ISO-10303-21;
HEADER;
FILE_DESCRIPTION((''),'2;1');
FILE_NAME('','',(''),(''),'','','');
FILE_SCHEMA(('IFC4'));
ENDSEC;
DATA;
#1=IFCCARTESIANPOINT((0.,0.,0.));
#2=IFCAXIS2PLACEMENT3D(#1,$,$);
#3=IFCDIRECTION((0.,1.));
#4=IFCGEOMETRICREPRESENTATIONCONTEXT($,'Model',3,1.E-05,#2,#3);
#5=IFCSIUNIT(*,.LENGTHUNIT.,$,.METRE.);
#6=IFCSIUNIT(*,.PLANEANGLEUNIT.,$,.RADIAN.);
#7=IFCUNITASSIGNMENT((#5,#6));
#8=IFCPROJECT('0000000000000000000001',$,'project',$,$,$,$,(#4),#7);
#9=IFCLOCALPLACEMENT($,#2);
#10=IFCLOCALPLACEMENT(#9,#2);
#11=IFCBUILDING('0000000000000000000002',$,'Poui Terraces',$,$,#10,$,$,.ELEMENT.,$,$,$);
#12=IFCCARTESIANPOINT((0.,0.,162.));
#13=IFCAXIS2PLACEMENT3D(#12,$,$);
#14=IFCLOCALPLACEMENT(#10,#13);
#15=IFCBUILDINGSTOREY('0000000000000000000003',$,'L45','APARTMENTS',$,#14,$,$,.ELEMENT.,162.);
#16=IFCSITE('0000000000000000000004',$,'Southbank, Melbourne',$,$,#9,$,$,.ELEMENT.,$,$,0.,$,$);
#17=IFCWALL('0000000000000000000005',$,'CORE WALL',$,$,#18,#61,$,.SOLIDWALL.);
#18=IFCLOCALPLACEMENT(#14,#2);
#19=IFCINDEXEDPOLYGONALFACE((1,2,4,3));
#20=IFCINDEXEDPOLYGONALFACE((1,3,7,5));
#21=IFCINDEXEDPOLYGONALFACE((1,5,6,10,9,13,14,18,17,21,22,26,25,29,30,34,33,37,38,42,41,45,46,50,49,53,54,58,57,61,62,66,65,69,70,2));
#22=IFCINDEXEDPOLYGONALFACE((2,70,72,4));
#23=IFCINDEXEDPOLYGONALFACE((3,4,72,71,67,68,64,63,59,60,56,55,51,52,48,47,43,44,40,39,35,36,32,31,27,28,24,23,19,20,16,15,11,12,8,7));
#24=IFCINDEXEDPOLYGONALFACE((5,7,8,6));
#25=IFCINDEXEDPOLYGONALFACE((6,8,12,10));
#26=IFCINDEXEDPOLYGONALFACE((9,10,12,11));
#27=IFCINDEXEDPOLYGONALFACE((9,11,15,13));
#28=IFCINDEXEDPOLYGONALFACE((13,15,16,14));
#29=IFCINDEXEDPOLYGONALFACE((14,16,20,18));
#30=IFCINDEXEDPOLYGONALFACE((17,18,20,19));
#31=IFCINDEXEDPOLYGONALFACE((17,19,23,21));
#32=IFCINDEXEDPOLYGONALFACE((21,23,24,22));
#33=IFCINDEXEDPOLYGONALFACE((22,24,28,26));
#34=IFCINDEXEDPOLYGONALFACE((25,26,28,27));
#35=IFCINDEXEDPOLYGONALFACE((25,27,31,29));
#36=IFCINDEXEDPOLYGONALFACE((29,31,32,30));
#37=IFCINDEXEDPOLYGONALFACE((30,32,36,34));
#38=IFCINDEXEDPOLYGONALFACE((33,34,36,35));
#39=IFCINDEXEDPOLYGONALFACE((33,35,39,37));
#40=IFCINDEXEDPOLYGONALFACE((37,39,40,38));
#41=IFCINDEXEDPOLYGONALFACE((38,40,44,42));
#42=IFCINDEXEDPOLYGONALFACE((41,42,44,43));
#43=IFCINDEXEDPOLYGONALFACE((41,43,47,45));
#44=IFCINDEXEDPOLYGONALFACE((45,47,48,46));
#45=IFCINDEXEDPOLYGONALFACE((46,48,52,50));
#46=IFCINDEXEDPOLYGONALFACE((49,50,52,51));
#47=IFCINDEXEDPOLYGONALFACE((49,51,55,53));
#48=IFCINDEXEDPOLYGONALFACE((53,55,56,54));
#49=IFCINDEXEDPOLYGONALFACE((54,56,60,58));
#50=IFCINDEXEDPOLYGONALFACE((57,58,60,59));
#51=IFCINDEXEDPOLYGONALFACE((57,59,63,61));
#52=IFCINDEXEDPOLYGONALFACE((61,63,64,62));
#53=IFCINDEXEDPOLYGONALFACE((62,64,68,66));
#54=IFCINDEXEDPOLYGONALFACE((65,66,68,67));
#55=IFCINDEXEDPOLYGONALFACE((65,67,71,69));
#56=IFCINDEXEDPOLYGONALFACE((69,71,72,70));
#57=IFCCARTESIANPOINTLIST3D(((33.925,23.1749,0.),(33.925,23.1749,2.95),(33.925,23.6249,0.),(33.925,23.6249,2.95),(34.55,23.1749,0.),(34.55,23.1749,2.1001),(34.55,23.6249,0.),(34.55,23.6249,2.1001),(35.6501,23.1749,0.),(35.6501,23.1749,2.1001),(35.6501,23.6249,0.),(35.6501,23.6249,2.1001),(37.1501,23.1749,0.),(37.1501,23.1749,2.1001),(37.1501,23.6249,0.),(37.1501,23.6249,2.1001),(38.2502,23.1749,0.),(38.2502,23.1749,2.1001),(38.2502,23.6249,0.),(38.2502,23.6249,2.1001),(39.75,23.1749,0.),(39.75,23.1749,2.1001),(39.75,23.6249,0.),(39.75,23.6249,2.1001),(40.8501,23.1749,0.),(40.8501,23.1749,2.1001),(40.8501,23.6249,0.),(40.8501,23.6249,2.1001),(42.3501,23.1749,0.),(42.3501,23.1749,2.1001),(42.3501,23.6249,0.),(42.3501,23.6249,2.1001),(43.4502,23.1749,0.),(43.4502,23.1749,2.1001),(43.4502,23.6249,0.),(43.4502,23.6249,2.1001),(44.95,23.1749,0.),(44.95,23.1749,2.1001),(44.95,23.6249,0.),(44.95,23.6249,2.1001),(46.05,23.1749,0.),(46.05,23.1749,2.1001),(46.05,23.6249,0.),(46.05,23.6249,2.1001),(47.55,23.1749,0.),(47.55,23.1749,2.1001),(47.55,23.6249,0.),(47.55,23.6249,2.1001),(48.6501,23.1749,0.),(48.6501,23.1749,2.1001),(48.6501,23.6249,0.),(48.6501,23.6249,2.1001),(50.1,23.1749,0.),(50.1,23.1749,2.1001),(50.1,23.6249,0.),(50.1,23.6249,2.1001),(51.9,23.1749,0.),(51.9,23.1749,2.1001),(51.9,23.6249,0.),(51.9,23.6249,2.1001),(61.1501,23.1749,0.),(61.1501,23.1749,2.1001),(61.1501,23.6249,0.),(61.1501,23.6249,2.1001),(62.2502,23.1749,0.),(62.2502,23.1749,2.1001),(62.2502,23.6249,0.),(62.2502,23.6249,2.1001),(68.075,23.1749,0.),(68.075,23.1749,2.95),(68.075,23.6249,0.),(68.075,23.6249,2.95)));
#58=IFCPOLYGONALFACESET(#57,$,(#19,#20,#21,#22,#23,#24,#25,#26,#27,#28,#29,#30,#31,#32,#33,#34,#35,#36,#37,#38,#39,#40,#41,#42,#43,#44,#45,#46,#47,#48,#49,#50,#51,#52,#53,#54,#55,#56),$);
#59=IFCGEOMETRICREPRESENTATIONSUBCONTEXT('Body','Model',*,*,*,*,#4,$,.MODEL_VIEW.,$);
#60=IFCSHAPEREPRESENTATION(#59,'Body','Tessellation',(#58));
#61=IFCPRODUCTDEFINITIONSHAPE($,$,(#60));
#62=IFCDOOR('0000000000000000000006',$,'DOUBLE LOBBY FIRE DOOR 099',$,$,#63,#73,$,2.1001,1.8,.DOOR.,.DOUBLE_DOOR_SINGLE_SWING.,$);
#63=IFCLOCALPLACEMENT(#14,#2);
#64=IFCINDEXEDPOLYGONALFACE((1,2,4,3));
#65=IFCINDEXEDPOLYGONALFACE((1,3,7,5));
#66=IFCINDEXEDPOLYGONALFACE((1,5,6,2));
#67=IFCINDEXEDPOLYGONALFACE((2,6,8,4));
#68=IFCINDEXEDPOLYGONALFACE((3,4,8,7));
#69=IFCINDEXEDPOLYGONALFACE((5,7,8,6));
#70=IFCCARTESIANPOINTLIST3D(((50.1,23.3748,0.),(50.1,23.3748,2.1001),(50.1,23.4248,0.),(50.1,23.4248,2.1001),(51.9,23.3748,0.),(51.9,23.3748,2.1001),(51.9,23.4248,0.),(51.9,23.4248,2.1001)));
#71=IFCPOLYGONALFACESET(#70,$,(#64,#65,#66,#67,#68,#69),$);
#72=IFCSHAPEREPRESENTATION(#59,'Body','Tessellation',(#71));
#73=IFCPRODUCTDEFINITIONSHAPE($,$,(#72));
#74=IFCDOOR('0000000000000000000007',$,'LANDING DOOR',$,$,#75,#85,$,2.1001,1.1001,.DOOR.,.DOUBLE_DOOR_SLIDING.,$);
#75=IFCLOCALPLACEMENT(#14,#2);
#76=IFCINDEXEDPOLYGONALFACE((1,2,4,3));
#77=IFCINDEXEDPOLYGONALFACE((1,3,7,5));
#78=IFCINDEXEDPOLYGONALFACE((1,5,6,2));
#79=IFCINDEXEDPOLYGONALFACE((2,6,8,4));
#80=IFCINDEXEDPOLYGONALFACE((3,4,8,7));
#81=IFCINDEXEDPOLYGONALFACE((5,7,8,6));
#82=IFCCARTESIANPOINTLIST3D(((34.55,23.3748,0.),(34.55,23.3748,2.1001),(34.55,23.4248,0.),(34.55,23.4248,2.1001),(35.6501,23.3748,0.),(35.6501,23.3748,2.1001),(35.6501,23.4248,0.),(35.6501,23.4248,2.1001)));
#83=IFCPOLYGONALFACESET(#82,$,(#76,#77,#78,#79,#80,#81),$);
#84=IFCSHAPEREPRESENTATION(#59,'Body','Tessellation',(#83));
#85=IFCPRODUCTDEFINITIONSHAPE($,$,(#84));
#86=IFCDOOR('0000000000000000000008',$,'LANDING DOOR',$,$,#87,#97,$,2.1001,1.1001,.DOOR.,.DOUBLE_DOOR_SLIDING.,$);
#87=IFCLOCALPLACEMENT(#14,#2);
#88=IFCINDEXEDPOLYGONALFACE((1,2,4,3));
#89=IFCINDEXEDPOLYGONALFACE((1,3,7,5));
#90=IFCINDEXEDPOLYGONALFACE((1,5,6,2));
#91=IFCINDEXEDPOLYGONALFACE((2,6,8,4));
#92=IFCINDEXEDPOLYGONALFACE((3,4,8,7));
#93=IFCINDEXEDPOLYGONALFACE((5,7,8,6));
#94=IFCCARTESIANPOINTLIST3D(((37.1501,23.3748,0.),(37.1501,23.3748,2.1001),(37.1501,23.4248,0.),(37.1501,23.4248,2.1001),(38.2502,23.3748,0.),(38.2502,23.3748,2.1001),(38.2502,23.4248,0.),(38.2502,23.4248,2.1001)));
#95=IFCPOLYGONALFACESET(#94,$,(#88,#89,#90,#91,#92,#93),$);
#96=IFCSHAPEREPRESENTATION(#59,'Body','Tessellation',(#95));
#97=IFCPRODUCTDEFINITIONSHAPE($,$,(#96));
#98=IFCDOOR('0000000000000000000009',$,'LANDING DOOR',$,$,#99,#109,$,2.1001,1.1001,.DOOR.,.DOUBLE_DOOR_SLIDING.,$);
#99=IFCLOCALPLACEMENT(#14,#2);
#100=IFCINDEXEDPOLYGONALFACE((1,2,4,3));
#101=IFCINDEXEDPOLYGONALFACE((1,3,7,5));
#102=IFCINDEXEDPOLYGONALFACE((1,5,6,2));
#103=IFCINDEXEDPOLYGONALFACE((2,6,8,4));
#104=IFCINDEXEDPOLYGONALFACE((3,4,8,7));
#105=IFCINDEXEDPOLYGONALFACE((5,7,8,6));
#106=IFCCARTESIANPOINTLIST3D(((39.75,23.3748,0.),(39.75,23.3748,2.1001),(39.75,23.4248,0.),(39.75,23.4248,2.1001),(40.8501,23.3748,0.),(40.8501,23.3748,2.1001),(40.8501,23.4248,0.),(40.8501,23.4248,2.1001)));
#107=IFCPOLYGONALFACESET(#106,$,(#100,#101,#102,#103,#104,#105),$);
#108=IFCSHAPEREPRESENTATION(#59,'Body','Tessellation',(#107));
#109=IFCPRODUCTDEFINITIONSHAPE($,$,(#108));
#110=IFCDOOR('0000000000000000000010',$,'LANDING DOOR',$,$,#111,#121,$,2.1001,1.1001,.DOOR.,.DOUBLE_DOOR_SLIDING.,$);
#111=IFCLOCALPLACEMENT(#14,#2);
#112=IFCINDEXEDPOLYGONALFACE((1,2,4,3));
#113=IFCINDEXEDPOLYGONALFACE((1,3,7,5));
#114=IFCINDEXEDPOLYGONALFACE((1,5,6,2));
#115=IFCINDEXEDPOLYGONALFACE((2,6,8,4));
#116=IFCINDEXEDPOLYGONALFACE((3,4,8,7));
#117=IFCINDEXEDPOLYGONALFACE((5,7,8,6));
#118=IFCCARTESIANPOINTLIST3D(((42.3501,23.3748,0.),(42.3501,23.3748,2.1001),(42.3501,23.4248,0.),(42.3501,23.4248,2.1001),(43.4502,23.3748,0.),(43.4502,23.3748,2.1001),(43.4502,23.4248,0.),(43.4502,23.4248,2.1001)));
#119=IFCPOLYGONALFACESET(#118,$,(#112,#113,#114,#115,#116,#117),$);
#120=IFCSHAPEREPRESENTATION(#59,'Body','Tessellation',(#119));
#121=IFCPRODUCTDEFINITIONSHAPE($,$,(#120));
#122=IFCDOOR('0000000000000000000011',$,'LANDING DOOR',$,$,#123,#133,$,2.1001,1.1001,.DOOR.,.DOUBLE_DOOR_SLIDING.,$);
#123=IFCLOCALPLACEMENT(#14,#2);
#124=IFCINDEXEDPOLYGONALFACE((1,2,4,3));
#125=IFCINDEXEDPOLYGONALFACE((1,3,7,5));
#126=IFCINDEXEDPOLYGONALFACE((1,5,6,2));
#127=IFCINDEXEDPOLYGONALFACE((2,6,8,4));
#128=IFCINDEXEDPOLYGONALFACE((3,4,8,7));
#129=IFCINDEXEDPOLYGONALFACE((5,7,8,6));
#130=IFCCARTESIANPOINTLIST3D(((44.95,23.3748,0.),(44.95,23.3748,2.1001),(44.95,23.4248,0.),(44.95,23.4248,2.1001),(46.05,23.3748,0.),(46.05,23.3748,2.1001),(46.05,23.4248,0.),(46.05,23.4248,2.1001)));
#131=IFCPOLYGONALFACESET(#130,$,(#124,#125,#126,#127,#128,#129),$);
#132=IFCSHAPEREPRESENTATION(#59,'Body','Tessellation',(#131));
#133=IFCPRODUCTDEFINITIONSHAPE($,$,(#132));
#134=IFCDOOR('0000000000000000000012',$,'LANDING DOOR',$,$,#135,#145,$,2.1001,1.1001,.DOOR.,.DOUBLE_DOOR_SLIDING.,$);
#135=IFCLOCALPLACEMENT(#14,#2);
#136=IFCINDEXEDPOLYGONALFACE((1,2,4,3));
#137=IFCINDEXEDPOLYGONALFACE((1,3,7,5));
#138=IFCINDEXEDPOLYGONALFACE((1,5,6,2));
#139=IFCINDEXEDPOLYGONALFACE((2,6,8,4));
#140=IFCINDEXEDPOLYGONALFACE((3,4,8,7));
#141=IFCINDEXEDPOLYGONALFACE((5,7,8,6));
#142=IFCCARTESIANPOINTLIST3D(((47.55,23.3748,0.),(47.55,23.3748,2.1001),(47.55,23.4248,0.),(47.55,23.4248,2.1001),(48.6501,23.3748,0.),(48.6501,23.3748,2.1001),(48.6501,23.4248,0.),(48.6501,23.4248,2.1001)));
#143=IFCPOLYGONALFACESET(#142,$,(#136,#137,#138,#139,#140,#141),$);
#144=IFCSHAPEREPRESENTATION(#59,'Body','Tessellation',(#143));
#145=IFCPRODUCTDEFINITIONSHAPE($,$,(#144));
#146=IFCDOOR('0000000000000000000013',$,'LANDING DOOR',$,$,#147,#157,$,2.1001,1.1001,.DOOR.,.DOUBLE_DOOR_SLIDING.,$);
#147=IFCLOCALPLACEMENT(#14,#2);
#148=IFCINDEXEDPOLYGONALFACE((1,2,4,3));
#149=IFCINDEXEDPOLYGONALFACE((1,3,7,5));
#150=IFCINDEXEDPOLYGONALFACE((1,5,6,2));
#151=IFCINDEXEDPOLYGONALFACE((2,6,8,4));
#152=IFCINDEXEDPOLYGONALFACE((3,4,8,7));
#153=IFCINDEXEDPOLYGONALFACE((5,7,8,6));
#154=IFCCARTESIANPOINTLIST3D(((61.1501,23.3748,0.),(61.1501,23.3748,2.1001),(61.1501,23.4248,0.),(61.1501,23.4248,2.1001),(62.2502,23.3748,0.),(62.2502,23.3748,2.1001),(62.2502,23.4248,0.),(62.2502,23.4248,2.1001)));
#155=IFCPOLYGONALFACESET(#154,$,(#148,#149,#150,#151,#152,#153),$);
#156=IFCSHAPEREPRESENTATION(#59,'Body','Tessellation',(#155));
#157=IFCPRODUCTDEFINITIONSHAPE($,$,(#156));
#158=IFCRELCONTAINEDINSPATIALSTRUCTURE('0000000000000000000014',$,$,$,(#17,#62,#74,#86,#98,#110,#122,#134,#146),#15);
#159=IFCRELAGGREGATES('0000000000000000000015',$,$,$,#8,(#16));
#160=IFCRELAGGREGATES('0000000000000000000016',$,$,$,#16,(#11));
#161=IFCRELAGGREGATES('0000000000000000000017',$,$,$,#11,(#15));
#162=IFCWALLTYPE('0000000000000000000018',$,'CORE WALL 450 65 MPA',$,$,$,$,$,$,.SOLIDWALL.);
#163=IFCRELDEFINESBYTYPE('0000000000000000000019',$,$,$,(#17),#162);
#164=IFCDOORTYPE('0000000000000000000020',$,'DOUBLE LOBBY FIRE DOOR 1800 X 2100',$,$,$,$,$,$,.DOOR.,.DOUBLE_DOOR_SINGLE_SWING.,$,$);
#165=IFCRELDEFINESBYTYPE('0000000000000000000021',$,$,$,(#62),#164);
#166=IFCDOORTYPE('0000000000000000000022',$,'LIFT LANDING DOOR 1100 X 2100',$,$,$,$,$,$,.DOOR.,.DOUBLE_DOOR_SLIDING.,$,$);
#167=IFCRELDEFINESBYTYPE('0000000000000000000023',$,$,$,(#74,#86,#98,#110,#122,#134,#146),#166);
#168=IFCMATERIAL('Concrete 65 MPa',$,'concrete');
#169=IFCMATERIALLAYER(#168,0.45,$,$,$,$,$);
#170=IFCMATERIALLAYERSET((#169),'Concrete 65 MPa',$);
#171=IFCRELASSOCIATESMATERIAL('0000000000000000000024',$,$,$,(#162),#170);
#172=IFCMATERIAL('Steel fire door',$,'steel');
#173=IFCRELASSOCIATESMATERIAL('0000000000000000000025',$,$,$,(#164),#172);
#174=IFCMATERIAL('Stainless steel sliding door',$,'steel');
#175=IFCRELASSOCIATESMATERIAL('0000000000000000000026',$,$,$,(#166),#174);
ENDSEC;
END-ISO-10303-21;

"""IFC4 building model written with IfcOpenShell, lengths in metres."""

from ifc_helpers import new_model, si_unit, direction, frame, frame_2d, origin, place, context, subcontext, project, spatial, rectangle, extrude, material, layer, layer_set, type_object, element, fill, save


model = new_model("IFC4")

# Units and contexts
model_context = context("Model", 3, precision=1e-05, world=origin(), true_north=direction((0.0, 1.0)))
body_context = subcontext(model_context, "Body", "Model", "MODEL_VIEW")
ifc_project = project(units=[si_unit("LENGTHUNIT", "METRE"), si_unit("PLANEANGLEUNIT", "RADIAN")], contexts=[model_context])

# Site, building, storey
site_placement = place(None, origin())
site = spatial("IfcSite", under=ifc_project, at=site_placement, Name="Southbank, Melbourne", CompositionType="ELEMENT", RefElevation=0.0)
building_placement = place(site_placement, origin())
building = spatial("IfcBuilding", under=site, at=building_placement, Name="Poui Terraces", CompositionType="ELEMENT")
storey_placement = place(building_placement, frame((0.0, 0.0, 162.0)))
storey = spatial("IfcBuildingStorey", under=building, at=storey_placement, Name="L45", Description="APARTMENTS", CompositionType="ELEMENT", Elevation=162.0)

# Shared definitions
ifc_material_1 = material(Name="Concrete 65 MPa", Category="concrete")

# Wall, openings, doors
ifc_layer_1 = layer(ifc_material_1, 0.45)
ifc_layer_set_1 = layer_set([ifc_layer_1], Name="Concrete 65 MPa")
wall_type_1 = type_object("IfcWallType", Name="CORE WALL 450 65 MPA", PredefinedType="SOLIDWALL", material=ifc_layer_set_1)
wall_1_placement = place(storey_placement, frame((33.925, 23.3999, 0.0), z_axis=(0.0, 0.0, 1.0), x_axis=(1.0, 0.0, 0.0)))
wall_1 = element("IfcWall", 1, at=wall_1_placement, inside=storey, type_object=wall_type_1, Name="CORE WALL", PredefinedType="SOLIDWALL", context=body_context, shape_type="SweptSolid", body=[
    extrude(rectangle(XDim=34.1499, YDim=0.45, at=frame_2d((17.075, 0.0))), origin(), (0.0, 0.0, 1.0), 2.95),
])
opening_1_placement = place(wall_1_placement, frame((16.175, 0.0, 0.0)))
opening_1 = element("IfcOpeningElement", 2, at=opening_1_placement, cuts=wall_1, PredefinedType="OPENING", context=body_context, shape_type="SweptSolid", body=[
    extrude(rectangle(XDim=1.8, YDim=2.1001, at=frame_2d((0.8999, 1.05))), frame((0.0, 0.2349, 0.0), z_axis=(0.0, -1.0, 0.0), x_axis=(1.0, 0.0, 0.0)), (0.0, 0.0, 1.0), 0.47),
])
opening_2_placement = place(wall_1_placement, frame((0.625, 0.0, 0.0)))
opening_2 = element("IfcOpeningElement", 3, at=opening_2_placement, cuts=wall_1, PredefinedType="OPENING", context=body_context, shape_type="SweptSolid", body=[
    extrude(rectangle(XDim=1.1001, YDim=2.1001, at=frame_2d((0.55, 1.05))), frame((0.0, 0.2349, 0.0), z_axis=(0.0, -1.0, 0.0), x_axis=(1.0, 0.0, 0.0)), (0.0, 0.0, 1.0), 0.47),
])
opening_3_placement = place(wall_1_placement, frame((3.2251, 0.0, 0.0)))
opening_3 = element("IfcOpeningElement", 4, at=opening_3_placement, cuts=wall_1, PredefinedType="OPENING", context=body_context, shape_type="SweptSolid", body=[
    extrude(rectangle(XDim=1.1001, YDim=2.1001, at=frame_2d((0.55, 1.05))), frame((0.0, 0.2349, 0.0), z_axis=(0.0, -1.0, 0.0), x_axis=(1.0, 0.0, 0.0)), (0.0, 0.0, 1.0), 0.47),
])
opening_4_placement = place(wall_1_placement, frame((5.825, 0.0, 0.0)))
opening_4 = element("IfcOpeningElement", 5, at=opening_4_placement, cuts=wall_1, PredefinedType="OPENING", context=body_context, shape_type="SweptSolid", body=[
    extrude(rectangle(XDim=1.1001, YDim=2.1001, at=frame_2d((0.55, 1.05))), frame((0.0, 0.2349, 0.0), z_axis=(0.0, -1.0, 0.0), x_axis=(1.0, 0.0, 0.0)), (0.0, 0.0, 1.0), 0.47),
])
opening_5_placement = place(wall_1_placement, frame((8.425, 0.0, 0.0)))
opening_5 = element("IfcOpeningElement", 6, at=opening_5_placement, cuts=wall_1, PredefinedType="OPENING", context=body_context, shape_type="SweptSolid", body=[
    extrude(rectangle(XDim=1.1001, YDim=2.1001, at=frame_2d((0.55, 1.05))), frame((0.0, 0.2349, 0.0), z_axis=(0.0, -1.0, 0.0), x_axis=(1.0, 0.0, 0.0)), (0.0, 0.0, 1.0), 0.47),
])
opening_6_placement = place(wall_1_placement, frame((11.0249, 0.0, 0.0)))
opening_6 = element("IfcOpeningElement", 7, at=opening_6_placement, cuts=wall_1, PredefinedType="OPENING", context=body_context, shape_type="SweptSolid", body=[
    extrude(rectangle(XDim=1.1001, YDim=2.1001, at=frame_2d((0.55, 1.05))), frame((0.0, 0.2349, 0.0), z_axis=(0.0, -1.0, 0.0), x_axis=(1.0, 0.0, 0.0)), (0.0, 0.0, 1.0), 0.47),
])
opening_7_placement = place(wall_1_placement, frame((13.625, 0.0, 0.0)))
opening_7 = element("IfcOpeningElement", 8, at=opening_7_placement, cuts=wall_1, PredefinedType="OPENING", context=body_context, shape_type="SweptSolid", body=[
    extrude(rectangle(XDim=1.1001, YDim=2.1001, at=frame_2d((0.55, 1.05))), frame((0.0, 0.2349, 0.0), z_axis=(0.0, -1.0, 0.0), x_axis=(1.0, 0.0, 0.0)), (0.0, 0.0, 1.0), 0.47),
])
opening_8_placement = place(wall_1_placement, frame((27.2251, 0.0, 0.0)))
opening_8 = element("IfcOpeningElement", 9, at=opening_8_placement, cuts=wall_1, PredefinedType="OPENING", context=body_context, shape_type="SweptSolid", body=[
    extrude(rectangle(XDim=1.1001, YDim=2.1001, at=frame_2d((0.55, 1.05))), frame((0.0, 0.2349, 0.0), z_axis=(0.0, -1.0, 0.0), x_axis=(1.0, 0.0, 0.0)), (0.0, 0.0, 1.0), 0.47),
])
ifc_material_2 = material(Name="Steel fire door", Category="steel")
door_type_1 = type_object("IfcDoorType", Name="DOUBLE LOBBY FIRE DOOR 1800 X 2100", OperationType="DOUBLE_DOOR_SINGLE_SWING", PredefinedType="DOOR", material=ifc_material_2)
door_1_placement = place(opening_1_placement, origin())
door_1 = element("IfcDoor", 10, at=door_1_placement, inside=storey, type_object=door_type_1, Name="DOUBLE LOBBY FIRE DOOR 099", OperationType="DOUBLE_DOOR_SINGLE_SWING", OverallHeight=2.1001, OverallWidth=1.8, PredefinedType="DOOR", context=body_context, shape_type="SweptSolid", body=[
    extrude(rectangle(XDim=1.8, YDim=2.1001, at=frame_2d((0.8999, 1.05))), frame((0.0, 0.0249, 0.0), z_axis=(0.0, -1.0, 0.0), x_axis=(1.0, 0.0, 0.0)), (0.0, 0.0, 1.0), 0.05),
])
fill(opening_1, door_1)
ifc_material_3 = material(Name="Stainless steel sliding door", Category="steel")
door_type_2 = type_object("IfcDoorType", Name="LIFT LANDING DOOR 1100 X 2100", OperationType="DOUBLE_DOOR_SLIDING", PredefinedType="DOOR", material=ifc_material_3)
door_2_placement = place(opening_2_placement, origin())
door_2 = element("IfcDoor", 11, at=door_2_placement, inside=storey, type_object=door_type_2, Name="LANDING DOOR", OperationType="DOUBLE_DOOR_SLIDING", OverallHeight=2.1001, OverallWidth=1.1001, PredefinedType="DOOR", context=body_context, shape_type="SweptSolid", body=[
    extrude(rectangle(XDim=1.1001, YDim=2.1001, at=frame_2d((0.55, 1.05))), frame((0.0, 0.0249, 0.0), z_axis=(0.0, -1.0, 0.0), x_axis=(1.0, 0.0, 0.0)), (0.0, 0.0, 1.0), 0.05),
])
fill(opening_2, door_2)
door_3_placement = place(opening_3_placement, origin())
door_3 = element("IfcDoor", 12, at=door_3_placement, inside=storey, type_object=door_type_2, Name="LANDING DOOR", OperationType="DOUBLE_DOOR_SLIDING", OverallHeight=2.1001, OverallWidth=1.1001, PredefinedType="DOOR", context=body_context, shape_type="SweptSolid", body=[
    extrude(rectangle(XDim=1.1001, YDim=2.1001, at=frame_2d((0.55, 1.05))), frame((0.0, 0.0249, 0.0), z_axis=(0.0, -1.0, 0.0), x_axis=(1.0, 0.0, 0.0)), (0.0, 0.0, 1.0), 0.05),
])
fill(opening_3, door_3)
door_4_placement = place(opening_4_placement, origin())
door_4 = element("IfcDoor", 13, at=door_4_placement, inside=storey, type_object=door_type_2, Name="LANDING DOOR", OperationType="DOUBLE_DOOR_SLIDING", OverallHeight=2.1001, OverallWidth=1.1001, PredefinedType="DOOR", context=body_context, shape_type="SweptSolid", body=[
    extrude(rectangle(XDim=1.1001, YDim=2.1001, at=frame_2d((0.55, 1.05))), frame((0.0, 0.0249, 0.0), z_axis=(0.0, -1.0, 0.0), x_axis=(1.0, 0.0, 0.0)), (0.0, 0.0, 1.0), 0.05),
])
fill(opening_4, door_4)
door_5_placement = place(opening_5_placement, origin())
door_5 = element("IfcDoor", 14, at=door_5_placement, inside=storey, type_object=door_type_2, Name="LANDING DOOR", OperationType="DOUBLE_DOOR_SLIDING", OverallHeight=2.1001, OverallWidth=1.1001, PredefinedType="DOOR", context=body_context, shape_type="SweptSolid", body=[
    extrude(rectangle(XDim=1.1001, YDim=2.1001, at=frame_2d((0.55, 1.05))), frame((0.0, 0.0249, 0.0), z_axis=(0.0, -1.0, 0.0), x_axis=(1.0, 0.0, 0.0)), (0.0, 0.0, 1.0), 0.05),
])
fill(opening_5, door_5)
door_6_placement = place(opening_6_placement, origin())
door_6 = element("IfcDoor", 15, at=door_6_placement, inside=storey, type_object=door_type_2, Name="LANDING DOOR", OperationType="DOUBLE_DOOR_SLIDING", OverallHeight=2.1001, OverallWidth=1.1001, PredefinedType="DOOR", context=body_context, shape_type="SweptSolid", body=[
    extrude(rectangle(XDim=1.1001, YDim=2.1001, at=frame_2d((0.55, 1.05))), frame((0.0, 0.0249, 0.0), z_axis=(0.0, -1.0, 0.0), x_axis=(1.0, 0.0, 0.0)), (0.0, 0.0, 1.0), 0.05),
])
fill(opening_6, door_6)
door_7_placement = place(opening_7_placement, origin())
door_7 = element("IfcDoor", 16, at=door_7_placement, inside=storey, type_object=door_type_2, Name="LANDING DOOR", OperationType="DOUBLE_DOOR_SLIDING", OverallHeight=2.1001, OverallWidth=1.1001, PredefinedType="DOOR", context=body_context, shape_type="SweptSolid", body=[
    extrude(rectangle(XDim=1.1001, YDim=2.1001, at=frame_2d((0.55, 1.05))), frame((0.0, 0.0249, 0.0), z_axis=(0.0, -1.0, 0.0), x_axis=(1.0, 0.0, 0.0)), (0.0, 0.0, 1.0), 0.05),
])
fill(opening_7, door_7)
door_8_placement = place(opening_8_placement, origin())
door_8 = element("IfcDoor", 17, at=door_8_placement, inside=storey, type_object=door_type_2, Name="LANDING DOOR", OperationType="DOUBLE_DOOR_SLIDING", OverallHeight=2.1001, OverallWidth=1.1001, PredefinedType="DOOR", context=body_context, shape_type="SweptSolid", body=[
    extrude(rectangle(XDim=1.1001, YDim=2.1001, at=frame_2d((0.55, 1.05))), frame((0.0, 0.0249, 0.0), z_axis=(0.0, -1.0, 0.0), x_axis=(1.0, 0.0, 0.0)), (0.0, 0.0, 1.0), 0.05),
])
fill(opening_8, door_8)

save(model, "model.ifc")
